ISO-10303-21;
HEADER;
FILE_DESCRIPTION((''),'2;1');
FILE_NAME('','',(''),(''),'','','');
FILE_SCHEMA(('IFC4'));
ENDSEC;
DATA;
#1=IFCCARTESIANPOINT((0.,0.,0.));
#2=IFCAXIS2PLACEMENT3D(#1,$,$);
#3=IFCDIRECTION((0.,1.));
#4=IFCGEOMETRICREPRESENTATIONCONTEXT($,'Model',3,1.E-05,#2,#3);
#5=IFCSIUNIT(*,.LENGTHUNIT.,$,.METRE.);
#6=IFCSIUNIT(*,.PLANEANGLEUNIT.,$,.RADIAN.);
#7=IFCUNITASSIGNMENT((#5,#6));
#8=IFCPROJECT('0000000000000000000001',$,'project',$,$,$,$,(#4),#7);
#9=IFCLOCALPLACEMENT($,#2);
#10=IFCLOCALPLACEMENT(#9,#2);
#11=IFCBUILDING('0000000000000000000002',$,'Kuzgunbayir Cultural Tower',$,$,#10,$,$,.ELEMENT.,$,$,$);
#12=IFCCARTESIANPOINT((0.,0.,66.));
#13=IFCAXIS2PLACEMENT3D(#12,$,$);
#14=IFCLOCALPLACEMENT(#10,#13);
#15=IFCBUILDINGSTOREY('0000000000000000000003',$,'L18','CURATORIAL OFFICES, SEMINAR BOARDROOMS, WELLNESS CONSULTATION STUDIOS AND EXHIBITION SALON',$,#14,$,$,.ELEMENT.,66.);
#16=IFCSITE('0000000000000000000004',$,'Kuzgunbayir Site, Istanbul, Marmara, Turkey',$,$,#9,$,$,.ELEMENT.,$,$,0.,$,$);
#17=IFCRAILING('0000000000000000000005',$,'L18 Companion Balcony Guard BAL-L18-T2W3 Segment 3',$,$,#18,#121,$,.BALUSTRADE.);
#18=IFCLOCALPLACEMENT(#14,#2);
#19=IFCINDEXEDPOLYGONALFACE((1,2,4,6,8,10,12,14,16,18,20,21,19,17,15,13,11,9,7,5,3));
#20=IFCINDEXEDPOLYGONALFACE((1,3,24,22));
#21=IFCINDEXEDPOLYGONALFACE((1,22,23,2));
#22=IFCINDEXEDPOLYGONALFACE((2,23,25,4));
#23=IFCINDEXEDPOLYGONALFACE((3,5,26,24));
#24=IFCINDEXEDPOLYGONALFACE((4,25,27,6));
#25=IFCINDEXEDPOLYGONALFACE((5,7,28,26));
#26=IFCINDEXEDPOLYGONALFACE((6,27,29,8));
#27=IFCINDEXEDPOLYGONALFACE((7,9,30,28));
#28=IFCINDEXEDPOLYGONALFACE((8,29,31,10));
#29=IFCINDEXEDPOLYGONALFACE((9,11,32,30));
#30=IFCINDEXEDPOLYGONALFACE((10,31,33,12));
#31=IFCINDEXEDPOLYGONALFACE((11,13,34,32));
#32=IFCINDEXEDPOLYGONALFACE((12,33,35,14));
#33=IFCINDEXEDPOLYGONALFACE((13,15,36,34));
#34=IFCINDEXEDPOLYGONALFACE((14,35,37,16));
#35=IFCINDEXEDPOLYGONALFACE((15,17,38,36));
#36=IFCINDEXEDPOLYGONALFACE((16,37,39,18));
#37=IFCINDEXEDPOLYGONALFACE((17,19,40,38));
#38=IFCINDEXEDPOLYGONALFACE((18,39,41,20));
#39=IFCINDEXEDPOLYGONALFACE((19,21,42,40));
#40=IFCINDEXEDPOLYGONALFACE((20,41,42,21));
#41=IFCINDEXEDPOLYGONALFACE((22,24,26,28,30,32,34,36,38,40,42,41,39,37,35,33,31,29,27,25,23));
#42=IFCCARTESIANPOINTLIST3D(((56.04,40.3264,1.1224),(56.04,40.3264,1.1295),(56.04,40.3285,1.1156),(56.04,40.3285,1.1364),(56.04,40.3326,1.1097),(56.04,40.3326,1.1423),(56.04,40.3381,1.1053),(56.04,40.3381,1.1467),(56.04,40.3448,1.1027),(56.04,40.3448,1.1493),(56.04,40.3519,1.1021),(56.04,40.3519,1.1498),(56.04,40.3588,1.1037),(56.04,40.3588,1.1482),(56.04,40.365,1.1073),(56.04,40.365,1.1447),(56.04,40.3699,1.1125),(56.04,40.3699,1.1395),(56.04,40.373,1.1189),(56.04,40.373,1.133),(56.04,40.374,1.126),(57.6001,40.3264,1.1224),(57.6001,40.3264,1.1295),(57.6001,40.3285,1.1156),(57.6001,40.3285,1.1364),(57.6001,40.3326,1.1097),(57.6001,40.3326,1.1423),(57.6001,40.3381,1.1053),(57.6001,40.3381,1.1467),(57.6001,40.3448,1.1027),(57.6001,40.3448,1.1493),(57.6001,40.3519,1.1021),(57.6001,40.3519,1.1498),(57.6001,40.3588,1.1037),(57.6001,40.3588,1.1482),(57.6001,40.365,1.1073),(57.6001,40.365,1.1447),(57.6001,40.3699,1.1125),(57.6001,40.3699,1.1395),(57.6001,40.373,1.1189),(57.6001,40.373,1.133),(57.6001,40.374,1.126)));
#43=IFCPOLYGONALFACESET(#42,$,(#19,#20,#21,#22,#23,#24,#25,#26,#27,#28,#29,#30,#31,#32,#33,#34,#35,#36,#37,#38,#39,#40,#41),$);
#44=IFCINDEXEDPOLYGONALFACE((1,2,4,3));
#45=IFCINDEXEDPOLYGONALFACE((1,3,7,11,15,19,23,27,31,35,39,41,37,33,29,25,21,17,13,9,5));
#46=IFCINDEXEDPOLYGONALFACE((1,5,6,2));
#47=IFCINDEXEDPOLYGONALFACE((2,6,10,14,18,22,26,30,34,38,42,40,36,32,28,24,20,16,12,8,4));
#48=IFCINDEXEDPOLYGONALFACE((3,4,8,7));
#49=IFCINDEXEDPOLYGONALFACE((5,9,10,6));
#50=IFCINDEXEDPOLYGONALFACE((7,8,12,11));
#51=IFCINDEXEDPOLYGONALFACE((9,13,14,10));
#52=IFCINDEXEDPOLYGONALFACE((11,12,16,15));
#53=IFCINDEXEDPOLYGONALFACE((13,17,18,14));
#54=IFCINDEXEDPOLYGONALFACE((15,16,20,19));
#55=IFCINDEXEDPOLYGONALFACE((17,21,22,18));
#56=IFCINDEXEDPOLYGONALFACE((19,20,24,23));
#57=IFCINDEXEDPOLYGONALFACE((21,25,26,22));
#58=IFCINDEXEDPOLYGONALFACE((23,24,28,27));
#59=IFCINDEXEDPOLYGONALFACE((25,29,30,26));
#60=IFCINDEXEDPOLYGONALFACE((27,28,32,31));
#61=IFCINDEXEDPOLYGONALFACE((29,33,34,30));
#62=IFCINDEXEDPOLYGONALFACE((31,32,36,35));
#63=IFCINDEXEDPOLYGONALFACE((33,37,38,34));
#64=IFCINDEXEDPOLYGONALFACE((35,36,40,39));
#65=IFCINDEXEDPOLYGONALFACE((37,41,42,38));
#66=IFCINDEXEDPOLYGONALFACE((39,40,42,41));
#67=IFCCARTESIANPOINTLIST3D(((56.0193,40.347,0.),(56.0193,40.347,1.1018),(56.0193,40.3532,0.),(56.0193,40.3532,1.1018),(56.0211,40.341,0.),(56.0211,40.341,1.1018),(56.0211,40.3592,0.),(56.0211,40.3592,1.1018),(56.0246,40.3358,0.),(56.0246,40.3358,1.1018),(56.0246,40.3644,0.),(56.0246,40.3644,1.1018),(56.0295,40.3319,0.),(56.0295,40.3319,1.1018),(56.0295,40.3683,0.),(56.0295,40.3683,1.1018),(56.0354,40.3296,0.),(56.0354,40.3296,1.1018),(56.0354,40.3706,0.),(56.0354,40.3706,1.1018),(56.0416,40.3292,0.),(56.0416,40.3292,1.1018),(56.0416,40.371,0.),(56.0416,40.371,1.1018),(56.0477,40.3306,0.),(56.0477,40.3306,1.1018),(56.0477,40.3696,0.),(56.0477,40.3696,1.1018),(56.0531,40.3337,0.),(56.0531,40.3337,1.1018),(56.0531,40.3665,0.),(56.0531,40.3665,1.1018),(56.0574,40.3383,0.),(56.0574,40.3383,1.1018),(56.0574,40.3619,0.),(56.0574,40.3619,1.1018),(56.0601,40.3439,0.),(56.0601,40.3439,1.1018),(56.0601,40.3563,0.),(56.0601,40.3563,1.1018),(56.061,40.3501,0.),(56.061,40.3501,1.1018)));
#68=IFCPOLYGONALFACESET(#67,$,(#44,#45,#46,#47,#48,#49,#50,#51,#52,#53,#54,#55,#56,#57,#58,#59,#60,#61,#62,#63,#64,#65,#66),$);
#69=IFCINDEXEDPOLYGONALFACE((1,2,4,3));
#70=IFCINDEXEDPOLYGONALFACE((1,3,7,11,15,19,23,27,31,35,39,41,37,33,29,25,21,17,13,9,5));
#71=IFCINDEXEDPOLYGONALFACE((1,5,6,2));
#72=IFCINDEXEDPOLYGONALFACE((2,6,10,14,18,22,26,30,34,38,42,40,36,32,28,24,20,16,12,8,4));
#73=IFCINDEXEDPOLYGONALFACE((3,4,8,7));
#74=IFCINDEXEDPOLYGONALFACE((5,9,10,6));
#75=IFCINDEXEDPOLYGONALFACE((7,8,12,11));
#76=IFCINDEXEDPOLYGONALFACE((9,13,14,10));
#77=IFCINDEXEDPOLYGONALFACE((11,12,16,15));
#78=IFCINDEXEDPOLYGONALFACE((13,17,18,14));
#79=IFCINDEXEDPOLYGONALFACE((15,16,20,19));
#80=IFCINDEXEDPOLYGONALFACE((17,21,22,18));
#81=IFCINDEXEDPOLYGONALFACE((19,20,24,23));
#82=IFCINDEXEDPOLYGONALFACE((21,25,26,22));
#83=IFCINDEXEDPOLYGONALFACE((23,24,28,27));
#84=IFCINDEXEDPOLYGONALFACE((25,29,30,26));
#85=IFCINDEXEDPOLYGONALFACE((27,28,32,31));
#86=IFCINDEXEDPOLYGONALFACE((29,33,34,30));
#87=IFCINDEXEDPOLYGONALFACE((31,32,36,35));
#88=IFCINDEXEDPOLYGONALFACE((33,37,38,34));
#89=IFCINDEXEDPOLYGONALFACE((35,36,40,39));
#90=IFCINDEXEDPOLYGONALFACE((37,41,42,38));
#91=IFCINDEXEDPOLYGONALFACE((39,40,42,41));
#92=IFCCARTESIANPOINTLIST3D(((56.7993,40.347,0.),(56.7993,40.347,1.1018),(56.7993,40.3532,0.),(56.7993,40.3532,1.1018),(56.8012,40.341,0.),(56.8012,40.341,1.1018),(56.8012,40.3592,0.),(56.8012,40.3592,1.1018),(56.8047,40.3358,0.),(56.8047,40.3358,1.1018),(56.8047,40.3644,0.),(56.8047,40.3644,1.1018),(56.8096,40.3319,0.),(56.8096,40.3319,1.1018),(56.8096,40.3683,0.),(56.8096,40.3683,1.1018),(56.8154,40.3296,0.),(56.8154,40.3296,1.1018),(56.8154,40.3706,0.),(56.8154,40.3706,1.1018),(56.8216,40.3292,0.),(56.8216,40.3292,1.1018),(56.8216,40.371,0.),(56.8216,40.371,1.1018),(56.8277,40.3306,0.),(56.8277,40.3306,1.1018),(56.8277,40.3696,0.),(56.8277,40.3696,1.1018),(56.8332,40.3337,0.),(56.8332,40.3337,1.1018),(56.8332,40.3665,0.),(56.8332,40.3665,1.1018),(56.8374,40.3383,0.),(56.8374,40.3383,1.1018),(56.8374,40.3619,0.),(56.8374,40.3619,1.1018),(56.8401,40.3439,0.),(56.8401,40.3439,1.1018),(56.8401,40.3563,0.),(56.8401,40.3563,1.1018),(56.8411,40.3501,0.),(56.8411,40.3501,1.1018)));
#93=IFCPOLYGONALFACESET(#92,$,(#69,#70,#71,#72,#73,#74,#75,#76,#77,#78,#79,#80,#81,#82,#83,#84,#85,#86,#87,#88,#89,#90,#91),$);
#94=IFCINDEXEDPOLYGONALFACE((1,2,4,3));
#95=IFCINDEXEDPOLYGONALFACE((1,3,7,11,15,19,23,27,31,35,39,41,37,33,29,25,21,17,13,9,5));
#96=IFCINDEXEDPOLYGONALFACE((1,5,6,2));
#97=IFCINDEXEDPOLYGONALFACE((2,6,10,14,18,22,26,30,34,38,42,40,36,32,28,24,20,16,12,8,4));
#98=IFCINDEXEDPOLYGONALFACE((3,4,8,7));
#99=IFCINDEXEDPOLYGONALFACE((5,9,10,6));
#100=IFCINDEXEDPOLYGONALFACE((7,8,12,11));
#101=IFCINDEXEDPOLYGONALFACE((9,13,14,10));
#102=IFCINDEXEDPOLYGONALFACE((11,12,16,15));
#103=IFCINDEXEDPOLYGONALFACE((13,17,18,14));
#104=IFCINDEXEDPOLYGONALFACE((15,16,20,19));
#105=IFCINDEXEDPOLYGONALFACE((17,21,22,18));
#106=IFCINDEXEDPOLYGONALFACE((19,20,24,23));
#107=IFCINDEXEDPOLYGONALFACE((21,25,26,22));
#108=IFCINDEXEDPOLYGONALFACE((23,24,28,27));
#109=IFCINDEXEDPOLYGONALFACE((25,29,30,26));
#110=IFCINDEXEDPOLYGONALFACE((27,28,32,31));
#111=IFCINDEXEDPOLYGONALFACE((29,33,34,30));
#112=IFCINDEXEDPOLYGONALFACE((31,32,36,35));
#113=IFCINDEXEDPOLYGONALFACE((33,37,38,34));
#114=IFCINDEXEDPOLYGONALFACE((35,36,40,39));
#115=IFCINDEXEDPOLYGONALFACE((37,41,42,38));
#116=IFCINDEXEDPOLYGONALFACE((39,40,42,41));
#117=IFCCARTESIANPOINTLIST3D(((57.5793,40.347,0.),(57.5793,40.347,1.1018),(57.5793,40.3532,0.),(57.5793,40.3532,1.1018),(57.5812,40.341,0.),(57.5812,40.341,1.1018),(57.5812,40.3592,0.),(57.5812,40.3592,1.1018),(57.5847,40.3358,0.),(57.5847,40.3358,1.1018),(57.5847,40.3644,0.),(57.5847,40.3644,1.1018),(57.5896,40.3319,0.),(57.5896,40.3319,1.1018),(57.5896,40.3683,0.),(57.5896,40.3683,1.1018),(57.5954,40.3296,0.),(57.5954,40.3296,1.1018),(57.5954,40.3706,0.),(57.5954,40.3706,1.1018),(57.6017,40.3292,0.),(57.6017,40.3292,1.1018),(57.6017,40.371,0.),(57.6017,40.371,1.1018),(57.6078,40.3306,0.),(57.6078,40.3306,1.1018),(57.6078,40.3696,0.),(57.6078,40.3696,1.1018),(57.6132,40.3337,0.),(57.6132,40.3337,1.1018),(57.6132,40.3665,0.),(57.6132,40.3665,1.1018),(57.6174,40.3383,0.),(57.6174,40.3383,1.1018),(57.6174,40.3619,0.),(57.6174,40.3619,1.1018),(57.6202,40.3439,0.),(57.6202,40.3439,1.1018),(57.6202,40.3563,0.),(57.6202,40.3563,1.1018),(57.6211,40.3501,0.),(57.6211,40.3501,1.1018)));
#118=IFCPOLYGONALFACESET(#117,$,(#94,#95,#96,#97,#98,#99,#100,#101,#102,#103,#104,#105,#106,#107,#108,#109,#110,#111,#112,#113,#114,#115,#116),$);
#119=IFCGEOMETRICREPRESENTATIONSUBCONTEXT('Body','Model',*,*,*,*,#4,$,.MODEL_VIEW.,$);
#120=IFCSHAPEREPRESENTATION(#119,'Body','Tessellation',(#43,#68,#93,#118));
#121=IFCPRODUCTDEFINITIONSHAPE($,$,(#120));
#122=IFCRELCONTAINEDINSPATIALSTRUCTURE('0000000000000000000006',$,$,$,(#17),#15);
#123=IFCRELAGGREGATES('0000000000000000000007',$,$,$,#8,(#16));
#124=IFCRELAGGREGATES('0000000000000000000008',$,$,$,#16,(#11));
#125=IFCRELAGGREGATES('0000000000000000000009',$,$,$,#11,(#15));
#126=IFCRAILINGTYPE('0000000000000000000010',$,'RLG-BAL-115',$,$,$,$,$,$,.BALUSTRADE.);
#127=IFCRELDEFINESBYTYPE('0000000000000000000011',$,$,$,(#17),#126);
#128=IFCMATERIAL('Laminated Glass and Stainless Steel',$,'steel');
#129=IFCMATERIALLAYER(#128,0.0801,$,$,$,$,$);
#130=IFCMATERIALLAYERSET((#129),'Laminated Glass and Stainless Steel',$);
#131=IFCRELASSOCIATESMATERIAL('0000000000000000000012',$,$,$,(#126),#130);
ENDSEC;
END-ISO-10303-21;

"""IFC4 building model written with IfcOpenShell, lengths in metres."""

from ifc_helpers import new_model, si_unit, direction, frame, origin, origin_2d, place, context, subcontext, project, spatial, circle, extrude, material, layer, layer_set, type_object, element, save


model = new_model("IFC4")

# Units and contexts
model_context = context("Model", 3, precision=1e-05, world=origin(), true_north=direction((0.0, 1.0)))
body_context = subcontext(model_context, "Body", "Model", "MODEL_VIEW")
ifc_project = project(units=[si_unit("LENGTHUNIT", "METRE"), si_unit("PLANEANGLEUNIT", "RADIAN")], contexts=[model_context])

# Site, building, storey
site_placement = place(None, origin())
site = spatial("IfcSite", under=ifc_project, at=site_placement, Name="Kuzgunbayir Site, Istanbul, Marmara, Turkey", CompositionType="ELEMENT", RefElevation=0.0)
building_placement = place(site_placement, origin())
building = spatial("IfcBuilding", under=site, at=building_placement, Name="Kuzgunbayir Cultural Tower", CompositionType="ELEMENT")
storey_placement = place(building_placement, frame((0.0, 0.0, 66.0)))
storey = spatial("IfcBuildingStorey", under=building, at=storey_placement, Name="L18", Description="CURATORIAL OFFICES, SEMINAR BOARDROOMS, WELLNESS CONSULTATION STUDIOS AND EXHIBITION SALON", CompositionType="ELEMENT", Elevation=66.0)

# Railing
ifc_material_1 = material(Name="Laminated Glass and Stainless Steel", Category="steel")
ifc_layer_1 = layer(ifc_material_1, 0.0801)
ifc_layer_set_1 = layer_set([ifc_layer_1], Name="Laminated Glass and Stainless Steel")
railing_type = type_object("IfcRailingType", Name="RLG-BAL-115", PredefinedType="BALUSTRADE", material=ifc_layer_set_1)
railing_1_placement = place(storey_placement, frame((56.04, 40.3501, 0.0)))
element("IfcRailing", 1, at=railing_1_placement, inside=storey, type_object=railing_type, Name="L18 Companion Balcony Guard BAL-L18-T2W3 Segment 3", PredefinedType="BALUSTRADE", context=body_context, shape_type="SweptSolid", body=[
    extrude(circle(Radius=0.0239, at=origin_2d()), frame((0.0, 0.0, 1.126), z_axis=(1.0, 0.0, 0.0), x_axis=(0.0, 1.0, 0.0)), (0.0, 0.0, 1.0), 1.5601),
    extrude(circle(Radius=0.021, at=origin_2d()), origin(), (0.0, 0.0, 1.0), 1.1018),
    extrude(circle(Radius=0.021, at=origin_2d()), frame((0.78, 0.0, 0.0)), (0.0, 0.0, 1.0), 1.1018),
    extrude(circle(Radius=0.021, at=origin_2d()), frame((1.5601, 0.0, 0.0)), (0.0, 0.0, 1.0), 1.1018),
])

save(model, "model.ifc")
